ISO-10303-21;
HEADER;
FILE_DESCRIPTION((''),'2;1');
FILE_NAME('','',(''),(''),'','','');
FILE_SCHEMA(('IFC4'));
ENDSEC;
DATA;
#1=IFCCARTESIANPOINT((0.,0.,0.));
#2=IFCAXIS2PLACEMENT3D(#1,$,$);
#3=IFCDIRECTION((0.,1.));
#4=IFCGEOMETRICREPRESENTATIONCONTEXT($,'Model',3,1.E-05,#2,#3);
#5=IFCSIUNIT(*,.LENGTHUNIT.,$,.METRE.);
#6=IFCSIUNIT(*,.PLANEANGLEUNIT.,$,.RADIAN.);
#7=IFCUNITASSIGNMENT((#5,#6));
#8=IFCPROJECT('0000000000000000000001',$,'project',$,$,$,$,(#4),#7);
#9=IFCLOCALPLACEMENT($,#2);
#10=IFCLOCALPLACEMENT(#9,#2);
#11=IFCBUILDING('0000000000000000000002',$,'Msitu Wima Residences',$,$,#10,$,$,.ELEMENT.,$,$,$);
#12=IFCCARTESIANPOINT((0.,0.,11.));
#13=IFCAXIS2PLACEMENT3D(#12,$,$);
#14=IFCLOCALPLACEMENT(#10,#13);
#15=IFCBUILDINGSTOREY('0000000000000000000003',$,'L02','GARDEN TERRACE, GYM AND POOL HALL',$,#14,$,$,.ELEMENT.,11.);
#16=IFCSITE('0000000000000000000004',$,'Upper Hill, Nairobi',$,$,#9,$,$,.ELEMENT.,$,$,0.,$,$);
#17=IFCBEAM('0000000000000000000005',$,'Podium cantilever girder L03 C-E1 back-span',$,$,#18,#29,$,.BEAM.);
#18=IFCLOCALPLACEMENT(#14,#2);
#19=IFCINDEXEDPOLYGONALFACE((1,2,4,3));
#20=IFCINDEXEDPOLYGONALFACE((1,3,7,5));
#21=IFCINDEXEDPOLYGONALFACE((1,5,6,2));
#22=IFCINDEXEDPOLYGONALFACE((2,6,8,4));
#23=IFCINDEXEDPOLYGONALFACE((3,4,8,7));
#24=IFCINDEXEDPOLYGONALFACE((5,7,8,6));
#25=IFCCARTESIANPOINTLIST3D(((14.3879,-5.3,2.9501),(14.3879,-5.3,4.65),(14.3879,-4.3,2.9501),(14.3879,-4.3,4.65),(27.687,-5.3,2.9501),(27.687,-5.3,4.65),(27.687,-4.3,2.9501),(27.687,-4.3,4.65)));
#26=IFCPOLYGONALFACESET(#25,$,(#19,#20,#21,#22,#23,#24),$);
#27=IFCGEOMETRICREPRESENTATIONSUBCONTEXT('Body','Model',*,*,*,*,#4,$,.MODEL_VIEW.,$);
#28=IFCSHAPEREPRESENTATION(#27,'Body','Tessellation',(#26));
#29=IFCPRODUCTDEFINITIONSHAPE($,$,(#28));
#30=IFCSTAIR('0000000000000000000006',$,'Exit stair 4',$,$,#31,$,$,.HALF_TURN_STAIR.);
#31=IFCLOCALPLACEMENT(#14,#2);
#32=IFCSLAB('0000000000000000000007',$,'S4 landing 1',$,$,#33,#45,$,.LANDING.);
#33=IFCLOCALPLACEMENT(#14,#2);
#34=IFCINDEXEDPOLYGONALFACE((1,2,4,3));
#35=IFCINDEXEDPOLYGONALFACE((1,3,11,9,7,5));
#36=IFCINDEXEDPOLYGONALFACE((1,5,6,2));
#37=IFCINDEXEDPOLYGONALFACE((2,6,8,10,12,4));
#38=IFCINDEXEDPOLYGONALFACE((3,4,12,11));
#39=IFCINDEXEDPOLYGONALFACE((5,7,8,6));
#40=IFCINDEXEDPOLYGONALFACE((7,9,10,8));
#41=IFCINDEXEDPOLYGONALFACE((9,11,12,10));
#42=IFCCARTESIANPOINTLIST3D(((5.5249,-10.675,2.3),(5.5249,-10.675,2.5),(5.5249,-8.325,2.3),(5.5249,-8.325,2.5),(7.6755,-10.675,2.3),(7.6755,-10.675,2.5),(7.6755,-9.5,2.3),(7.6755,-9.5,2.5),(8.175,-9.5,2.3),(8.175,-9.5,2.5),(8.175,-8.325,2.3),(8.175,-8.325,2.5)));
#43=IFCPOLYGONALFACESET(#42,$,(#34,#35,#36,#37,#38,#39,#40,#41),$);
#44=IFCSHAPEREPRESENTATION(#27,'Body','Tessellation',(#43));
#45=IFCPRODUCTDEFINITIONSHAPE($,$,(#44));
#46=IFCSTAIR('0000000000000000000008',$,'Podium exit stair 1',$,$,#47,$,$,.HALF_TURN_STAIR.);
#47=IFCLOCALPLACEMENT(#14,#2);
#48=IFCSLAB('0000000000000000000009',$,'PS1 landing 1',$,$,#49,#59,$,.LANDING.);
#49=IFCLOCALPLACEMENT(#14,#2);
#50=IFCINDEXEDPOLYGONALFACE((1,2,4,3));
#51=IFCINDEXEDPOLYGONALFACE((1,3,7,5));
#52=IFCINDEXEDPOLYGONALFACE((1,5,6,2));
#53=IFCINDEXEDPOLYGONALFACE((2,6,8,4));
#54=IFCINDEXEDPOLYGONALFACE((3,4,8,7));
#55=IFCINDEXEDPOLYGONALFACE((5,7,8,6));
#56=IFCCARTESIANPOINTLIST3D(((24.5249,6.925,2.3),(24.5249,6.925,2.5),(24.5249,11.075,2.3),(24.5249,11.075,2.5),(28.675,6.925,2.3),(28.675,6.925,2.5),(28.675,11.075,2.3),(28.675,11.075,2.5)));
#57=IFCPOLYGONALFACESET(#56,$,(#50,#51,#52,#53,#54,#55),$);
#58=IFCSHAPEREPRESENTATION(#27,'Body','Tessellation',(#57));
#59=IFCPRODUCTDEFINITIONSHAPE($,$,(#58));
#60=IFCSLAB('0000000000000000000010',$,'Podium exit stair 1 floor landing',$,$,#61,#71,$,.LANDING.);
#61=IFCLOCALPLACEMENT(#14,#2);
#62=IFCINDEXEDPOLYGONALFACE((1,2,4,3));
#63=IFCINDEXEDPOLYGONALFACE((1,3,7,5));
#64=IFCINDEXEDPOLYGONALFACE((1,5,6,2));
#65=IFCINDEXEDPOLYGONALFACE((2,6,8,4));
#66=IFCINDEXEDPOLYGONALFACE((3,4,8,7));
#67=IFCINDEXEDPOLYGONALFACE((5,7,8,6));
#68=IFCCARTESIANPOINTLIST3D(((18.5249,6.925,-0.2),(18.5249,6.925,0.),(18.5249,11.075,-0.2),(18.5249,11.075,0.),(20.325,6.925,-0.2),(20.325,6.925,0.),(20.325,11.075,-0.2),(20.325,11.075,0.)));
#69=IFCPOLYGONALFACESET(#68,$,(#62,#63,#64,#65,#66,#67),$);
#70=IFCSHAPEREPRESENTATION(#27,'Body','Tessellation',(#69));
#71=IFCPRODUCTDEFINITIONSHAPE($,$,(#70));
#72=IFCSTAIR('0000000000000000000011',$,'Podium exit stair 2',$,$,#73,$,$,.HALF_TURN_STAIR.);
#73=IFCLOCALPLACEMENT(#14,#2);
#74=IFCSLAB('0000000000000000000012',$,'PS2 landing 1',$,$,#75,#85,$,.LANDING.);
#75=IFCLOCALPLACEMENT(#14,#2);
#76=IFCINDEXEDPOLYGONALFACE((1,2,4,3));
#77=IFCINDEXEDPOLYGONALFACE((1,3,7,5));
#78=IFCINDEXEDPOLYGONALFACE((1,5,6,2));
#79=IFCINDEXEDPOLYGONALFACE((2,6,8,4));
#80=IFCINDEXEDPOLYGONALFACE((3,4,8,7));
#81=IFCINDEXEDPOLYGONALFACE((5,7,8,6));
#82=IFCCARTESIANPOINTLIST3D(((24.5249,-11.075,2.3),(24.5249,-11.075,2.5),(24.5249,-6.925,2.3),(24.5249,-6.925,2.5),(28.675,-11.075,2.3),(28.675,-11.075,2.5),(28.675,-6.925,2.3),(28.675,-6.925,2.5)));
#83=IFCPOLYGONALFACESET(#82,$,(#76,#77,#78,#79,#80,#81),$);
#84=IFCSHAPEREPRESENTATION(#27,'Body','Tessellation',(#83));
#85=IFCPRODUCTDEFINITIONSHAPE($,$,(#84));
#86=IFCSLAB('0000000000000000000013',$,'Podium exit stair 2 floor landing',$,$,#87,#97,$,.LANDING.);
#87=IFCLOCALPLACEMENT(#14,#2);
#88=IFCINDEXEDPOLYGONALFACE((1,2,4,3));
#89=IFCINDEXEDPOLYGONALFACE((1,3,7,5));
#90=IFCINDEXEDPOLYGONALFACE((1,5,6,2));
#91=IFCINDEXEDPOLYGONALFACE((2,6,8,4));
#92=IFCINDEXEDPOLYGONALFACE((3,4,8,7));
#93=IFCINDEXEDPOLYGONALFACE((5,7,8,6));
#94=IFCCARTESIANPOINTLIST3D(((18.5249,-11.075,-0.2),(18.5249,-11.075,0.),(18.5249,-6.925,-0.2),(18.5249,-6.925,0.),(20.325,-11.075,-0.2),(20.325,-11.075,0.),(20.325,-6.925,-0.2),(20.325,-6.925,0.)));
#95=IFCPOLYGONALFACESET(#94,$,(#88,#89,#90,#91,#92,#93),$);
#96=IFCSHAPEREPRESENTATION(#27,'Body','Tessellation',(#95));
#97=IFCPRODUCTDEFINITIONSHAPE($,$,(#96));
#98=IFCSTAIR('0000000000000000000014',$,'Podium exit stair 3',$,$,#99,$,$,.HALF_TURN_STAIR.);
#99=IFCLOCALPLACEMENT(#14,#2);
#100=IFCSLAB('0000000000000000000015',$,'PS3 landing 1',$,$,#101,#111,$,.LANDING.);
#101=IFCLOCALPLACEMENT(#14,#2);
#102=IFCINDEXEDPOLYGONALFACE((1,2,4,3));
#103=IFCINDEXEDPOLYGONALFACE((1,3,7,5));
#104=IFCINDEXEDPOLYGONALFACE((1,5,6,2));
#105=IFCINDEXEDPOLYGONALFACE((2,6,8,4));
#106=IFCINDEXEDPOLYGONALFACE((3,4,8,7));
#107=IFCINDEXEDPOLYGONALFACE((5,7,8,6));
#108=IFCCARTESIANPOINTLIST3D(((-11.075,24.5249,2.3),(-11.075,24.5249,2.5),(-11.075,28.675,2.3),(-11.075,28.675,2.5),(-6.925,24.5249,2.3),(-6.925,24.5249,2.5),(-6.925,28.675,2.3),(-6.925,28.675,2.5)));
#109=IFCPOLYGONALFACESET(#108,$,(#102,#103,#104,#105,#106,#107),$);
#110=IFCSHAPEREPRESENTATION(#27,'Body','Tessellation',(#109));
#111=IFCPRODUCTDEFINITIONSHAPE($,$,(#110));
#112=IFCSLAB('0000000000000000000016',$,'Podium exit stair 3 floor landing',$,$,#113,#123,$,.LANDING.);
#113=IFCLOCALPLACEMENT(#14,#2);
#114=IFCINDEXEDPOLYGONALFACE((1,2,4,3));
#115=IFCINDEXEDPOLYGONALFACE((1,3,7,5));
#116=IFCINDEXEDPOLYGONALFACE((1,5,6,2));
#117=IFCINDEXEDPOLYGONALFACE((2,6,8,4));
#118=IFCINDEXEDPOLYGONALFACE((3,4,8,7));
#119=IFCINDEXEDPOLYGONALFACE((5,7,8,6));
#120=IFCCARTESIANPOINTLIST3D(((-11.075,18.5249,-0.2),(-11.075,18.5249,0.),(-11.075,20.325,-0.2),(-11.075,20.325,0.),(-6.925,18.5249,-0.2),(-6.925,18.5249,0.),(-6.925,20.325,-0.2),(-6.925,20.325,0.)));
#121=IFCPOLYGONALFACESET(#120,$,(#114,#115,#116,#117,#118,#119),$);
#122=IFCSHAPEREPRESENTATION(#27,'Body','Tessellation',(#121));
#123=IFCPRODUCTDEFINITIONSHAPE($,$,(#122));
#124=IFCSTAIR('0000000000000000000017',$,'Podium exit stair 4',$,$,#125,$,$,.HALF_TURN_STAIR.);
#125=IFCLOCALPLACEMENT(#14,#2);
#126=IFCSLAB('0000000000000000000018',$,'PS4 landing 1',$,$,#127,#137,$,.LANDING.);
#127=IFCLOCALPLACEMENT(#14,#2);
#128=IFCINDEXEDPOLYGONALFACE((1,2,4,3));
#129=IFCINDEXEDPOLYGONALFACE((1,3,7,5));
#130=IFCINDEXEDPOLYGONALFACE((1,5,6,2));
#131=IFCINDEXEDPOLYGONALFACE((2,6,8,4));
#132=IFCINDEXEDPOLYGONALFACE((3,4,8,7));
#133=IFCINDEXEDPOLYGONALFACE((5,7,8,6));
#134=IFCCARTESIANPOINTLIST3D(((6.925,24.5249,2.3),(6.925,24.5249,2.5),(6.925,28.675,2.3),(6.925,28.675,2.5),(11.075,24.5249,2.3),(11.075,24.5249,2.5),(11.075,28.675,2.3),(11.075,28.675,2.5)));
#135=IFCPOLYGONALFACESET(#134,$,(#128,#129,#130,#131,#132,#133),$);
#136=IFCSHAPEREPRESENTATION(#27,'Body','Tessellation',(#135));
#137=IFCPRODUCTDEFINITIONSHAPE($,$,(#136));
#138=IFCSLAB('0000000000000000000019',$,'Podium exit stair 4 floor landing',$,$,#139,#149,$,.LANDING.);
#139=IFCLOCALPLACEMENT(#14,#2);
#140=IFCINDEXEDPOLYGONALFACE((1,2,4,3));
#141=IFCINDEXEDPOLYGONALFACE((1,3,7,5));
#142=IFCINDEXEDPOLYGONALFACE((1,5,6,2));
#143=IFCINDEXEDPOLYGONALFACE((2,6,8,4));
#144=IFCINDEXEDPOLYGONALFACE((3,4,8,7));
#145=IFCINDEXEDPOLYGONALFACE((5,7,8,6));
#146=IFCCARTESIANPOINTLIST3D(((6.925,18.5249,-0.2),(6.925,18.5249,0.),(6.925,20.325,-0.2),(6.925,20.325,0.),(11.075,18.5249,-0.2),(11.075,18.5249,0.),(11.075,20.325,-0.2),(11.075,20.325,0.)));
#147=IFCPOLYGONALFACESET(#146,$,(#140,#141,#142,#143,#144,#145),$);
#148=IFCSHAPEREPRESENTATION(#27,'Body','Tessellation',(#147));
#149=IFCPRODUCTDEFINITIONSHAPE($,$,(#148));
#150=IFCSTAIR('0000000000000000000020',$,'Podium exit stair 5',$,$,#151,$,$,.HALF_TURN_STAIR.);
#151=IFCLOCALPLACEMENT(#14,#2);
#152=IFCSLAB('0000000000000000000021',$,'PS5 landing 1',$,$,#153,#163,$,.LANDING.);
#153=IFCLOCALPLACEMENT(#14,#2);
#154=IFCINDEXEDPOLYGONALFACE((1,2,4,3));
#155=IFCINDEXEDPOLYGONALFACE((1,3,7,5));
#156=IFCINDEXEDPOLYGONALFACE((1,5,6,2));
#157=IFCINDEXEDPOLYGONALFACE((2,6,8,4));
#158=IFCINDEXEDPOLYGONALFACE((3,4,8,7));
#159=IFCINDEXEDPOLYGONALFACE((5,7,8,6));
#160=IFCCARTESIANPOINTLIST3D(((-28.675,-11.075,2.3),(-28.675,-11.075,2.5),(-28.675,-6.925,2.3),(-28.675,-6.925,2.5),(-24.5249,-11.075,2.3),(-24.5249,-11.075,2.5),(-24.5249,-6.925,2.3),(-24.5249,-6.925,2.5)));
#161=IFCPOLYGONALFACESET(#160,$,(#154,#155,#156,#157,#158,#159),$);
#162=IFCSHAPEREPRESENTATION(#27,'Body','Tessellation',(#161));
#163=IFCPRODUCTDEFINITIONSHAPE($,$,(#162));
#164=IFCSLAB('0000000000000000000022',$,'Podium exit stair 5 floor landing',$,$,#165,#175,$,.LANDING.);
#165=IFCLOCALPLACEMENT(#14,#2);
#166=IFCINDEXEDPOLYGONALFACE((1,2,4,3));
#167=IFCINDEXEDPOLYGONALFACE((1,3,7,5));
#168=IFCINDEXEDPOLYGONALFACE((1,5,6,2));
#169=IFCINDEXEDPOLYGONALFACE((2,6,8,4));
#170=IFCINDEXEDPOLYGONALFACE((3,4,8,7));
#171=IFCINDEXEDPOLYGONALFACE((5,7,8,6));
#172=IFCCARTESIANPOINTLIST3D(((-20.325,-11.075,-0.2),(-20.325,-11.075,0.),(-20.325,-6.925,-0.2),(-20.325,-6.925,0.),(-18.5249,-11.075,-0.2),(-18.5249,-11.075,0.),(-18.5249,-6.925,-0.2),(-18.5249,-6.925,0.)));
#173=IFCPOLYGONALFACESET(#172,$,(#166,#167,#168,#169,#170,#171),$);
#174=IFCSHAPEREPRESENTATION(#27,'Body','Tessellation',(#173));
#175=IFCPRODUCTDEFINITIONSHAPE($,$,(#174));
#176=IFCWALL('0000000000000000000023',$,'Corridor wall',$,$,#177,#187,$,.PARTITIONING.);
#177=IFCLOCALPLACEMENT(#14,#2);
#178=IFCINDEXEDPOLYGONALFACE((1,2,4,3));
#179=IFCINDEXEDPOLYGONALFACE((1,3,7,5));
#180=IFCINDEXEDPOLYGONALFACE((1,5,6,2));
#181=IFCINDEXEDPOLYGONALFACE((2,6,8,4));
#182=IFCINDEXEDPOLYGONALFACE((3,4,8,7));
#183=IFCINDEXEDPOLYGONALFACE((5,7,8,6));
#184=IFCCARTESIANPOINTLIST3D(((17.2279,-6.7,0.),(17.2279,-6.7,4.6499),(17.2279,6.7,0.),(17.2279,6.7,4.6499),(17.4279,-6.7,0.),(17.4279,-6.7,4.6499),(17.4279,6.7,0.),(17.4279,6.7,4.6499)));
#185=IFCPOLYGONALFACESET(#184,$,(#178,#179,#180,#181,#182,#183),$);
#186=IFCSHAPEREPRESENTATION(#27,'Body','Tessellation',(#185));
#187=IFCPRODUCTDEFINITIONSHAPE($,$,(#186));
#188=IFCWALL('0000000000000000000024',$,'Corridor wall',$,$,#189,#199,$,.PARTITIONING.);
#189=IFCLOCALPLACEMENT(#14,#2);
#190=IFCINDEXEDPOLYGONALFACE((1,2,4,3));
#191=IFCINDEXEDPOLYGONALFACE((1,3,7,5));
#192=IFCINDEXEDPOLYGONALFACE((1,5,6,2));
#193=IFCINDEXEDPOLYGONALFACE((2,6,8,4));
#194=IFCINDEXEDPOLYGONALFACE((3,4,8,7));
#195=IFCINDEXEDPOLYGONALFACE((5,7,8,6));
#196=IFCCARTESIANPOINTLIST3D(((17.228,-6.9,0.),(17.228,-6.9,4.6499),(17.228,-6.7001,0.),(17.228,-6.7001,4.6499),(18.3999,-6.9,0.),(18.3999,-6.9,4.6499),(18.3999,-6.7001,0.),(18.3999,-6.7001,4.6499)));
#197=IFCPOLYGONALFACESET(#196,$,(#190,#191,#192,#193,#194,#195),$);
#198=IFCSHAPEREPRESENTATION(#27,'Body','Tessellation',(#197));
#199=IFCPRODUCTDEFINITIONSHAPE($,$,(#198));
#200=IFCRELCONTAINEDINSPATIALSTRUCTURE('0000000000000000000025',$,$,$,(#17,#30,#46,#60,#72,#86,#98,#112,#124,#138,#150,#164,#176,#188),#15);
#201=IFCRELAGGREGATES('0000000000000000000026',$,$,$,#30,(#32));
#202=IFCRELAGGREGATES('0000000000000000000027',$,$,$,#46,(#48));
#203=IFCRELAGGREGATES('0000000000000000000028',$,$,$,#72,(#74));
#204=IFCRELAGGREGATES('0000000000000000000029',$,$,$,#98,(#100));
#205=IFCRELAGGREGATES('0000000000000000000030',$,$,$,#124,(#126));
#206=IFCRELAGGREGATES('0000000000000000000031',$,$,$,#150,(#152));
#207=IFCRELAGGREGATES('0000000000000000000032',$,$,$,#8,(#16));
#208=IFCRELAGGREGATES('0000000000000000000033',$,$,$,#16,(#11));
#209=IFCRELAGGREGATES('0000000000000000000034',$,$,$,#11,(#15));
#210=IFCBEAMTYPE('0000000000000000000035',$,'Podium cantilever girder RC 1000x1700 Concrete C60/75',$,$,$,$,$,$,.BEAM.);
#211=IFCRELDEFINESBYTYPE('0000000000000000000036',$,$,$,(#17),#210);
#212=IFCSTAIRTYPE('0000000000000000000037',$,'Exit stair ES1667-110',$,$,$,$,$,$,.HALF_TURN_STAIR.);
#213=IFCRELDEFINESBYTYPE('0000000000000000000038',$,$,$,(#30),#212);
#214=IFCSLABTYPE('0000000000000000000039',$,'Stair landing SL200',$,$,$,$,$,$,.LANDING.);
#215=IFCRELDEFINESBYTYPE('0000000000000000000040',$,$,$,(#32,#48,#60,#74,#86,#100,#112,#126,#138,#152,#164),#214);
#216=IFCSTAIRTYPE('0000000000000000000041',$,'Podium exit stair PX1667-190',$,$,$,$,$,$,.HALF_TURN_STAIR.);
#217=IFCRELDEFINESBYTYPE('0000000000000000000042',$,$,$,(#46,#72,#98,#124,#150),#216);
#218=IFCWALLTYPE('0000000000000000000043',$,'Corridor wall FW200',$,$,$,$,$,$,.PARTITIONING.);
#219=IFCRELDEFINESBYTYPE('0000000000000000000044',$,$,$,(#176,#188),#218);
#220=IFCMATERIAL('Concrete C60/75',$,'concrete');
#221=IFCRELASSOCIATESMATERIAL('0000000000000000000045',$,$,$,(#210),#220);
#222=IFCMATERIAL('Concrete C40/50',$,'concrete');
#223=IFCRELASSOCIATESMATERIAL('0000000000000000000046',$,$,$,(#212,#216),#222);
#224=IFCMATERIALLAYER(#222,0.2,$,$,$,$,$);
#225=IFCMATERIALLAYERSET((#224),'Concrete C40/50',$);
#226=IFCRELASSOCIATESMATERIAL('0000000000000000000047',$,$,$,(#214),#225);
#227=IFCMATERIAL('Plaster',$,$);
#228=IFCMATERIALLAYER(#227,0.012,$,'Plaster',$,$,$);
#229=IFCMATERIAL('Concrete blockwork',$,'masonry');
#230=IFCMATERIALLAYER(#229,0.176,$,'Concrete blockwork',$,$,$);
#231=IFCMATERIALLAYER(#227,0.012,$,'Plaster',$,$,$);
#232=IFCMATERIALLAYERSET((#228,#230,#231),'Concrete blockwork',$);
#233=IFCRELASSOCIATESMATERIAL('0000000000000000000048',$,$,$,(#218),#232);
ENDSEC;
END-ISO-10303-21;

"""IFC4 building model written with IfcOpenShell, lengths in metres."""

from ifc_helpers import new_model, si_unit, direction, frame, frame_2d, origin, origin_2d, place, context, subcontext, project, spatial, polyline, rectangle, outline, extrude, material, layer, layer_set, material_profile, profile_set, type_object, element, aggregate, save


model = new_model("IFC4")

# Units and contexts
model_context = context("Model", 3, precision=1e-05, world=origin(), true_north=direction((0.0, 1.0)))
body_context = subcontext(model_context, "Body", "Model", "MODEL_VIEW")
ifc_project = project(units=[si_unit("LENGTHUNIT", "METRE"), si_unit("PLANEANGLEUNIT", "RADIAN")], contexts=[model_context])

# Site, building, storey
site_placement = place(None, origin())
site = spatial("IfcSite", under=ifc_project, at=site_placement, Name="Upper Hill, Nairobi", CompositionType="ELEMENT", RefElevation=0.0)
building_placement = place(site_placement, origin())
building = spatial("IfcBuilding", under=site, at=building_placement, Name="Msitu Wima Residences", CompositionType="ELEMENT")
storey_placement = place(building_placement, frame((0.0, 0.0, 11.0)))
storey = spatial("IfcBuildingStorey", under=building, at=storey_placement, Name="L02", Description="GARDEN TERRACE, GYM AND POOL HALL", CompositionType="ELEMENT", Elevation=11.0)

# Beam
ifc_material_1 = material(Name="Concrete C60/75", Category="concrete")
ifc_material_profile = material_profile(ifc_material_1, rectangle(XDim=1.0, YDim=1.7, at=origin_2d()), Name="RC 1000x1700")
ifc_profile_set = profile_set([ifc_material_profile], Name="Concrete C60/75")
beam_type = type_object("IfcBeamType", Name="Podium cantilever girder RC 1000x1700 Concrete C60/75", PredefinedType="BEAM", material=ifc_profile_set)
beam_placement = place(storey_placement, frame((14.3879, -4.8, 3.8), z_axis=(1.0, 0.0, 0.0), x_axis=(0.0, 1.0, 0.0)))
element("IfcBeam", 1, at=beam_placement, inside=storey, type_object=beam_type, Name="Podium cantilever girder L03 C-E1 back-span", PredefinedType="BEAM", context=body_context, shape_type="SweptSolid", body=[
    extrude(rectangle(XDim=1.0, YDim=1.7, at=origin_2d()), origin(), (0.0, 0.0, 1.0), 13.2991),
])

# Stairs, slabs
ifc_material_2 = material(Name="Concrete C40/50", Category="concrete")
stair_type_1 = type_object("IfcStairType", Name="Exit stair ES1667-110", PredefinedType="HALF_TURN_STAIR", material=ifc_material_2)
stair_1_placement = place(storey_placement, origin())
stair_1 = element("IfcStair", 2, at=stair_1_placement, inside=storey, type_object=stair_type_1, Name="Exit stair 4", PredefinedType="HALF_TURN_STAIR")
ifc_layer_1 = layer(ifc_material_2, 0.2)
ifc_layer_set_1 = layer_set([ifc_layer_1], Name="Concrete C40/50")
slab_type = type_object("IfcSlabType", Name="Stair landing SL200", PredefinedType="LANDING", material=ifc_layer_set_1)
slab_1_placement = place(storey_placement, frame((0.0, 0.0, 2.3)))
slab_1 = element("IfcSlab", 3, at=slab_1_placement, type_object=slab_type, Name="S4 landing 1", PredefinedType="LANDING", context=body_context, shape_type="SweptSolid", body=[
    extrude(outline(polyline([(5.5249, -10.675), (7.6755, -10.675), (7.6755, -9.5), (8.175, -9.5), (8.175, -8.325), (5.5249, -8.325), (5.5249, -10.675)])), origin(), (0.0, 0.0, 1.0), 0.2),
])
aggregate(stair_1, [slab_1])
stair_type_2 = type_object("IfcStairType", Name="Podium exit stair PX1667-190", PredefinedType="HALF_TURN_STAIR", material=ifc_material_2)
stair_2_placement = place(storey_placement, origin())
stair_2 = element("IfcStair", 4, at=stair_2_placement, inside=storey, type_object=stair_type_2, Name="Podium exit stair 1", PredefinedType="HALF_TURN_STAIR")
slab_2_placement = place(storey_placement, frame((0.0, 0.0, 2.3)))
slab_2 = element("IfcSlab", 5, at=slab_2_placement, type_object=slab_type, Name="PS1 landing 1", PredefinedType="LANDING", context=body_context, shape_type="SweptSolid", body=[
    extrude(outline(polyline([(24.5249, 6.925), (28.675, 6.925), (28.675, 11.075), (24.5249, 11.075), (24.5249, 6.925)])), origin(), (0.0, 0.0, 1.0), 0.2),
])
aggregate(stair_2, [slab_2])

# Slab
slab_3_placement = place(storey_placement, frame((0.0, 0.0, -0.2)))
element("IfcSlab", 6, at=slab_3_placement, inside=storey, type_object=slab_type, Name="Podium exit stair 1 floor landing", PredefinedType="LANDING", context=body_context, shape_type="SweptSolid", body=[
    extrude(outline(polyline([(18.5249, 6.925), (20.325, 6.925), (20.325, 11.075), (18.5249, 11.075), (18.5249, 6.925)])), origin(), (0.0, 0.0, 1.0), 0.2),
])

# Stair, slab
stair_3_placement = place(storey_placement, origin())
stair_3 = element("IfcStair", 7, at=stair_3_placement, inside=storey, type_object=stair_type_2, Name="Podium exit stair 2", PredefinedType="HALF_TURN_STAIR")
slab_4_placement = place(storey_placement, frame((0.0, 0.0, 2.3)))
slab_4 = element("IfcSlab", 8, at=slab_4_placement, type_object=slab_type, Name="PS2 landing 1", PredefinedType="LANDING", context=body_context, shape_type="SweptSolid", body=[
    extrude(outline(polyline([(24.5249, -6.925), (28.675, -6.925), (28.675, -11.075), (24.5249, -11.075), (24.5249, -6.925)])), origin(), (0.0, 0.0, 1.0), 0.2),
])
aggregate(stair_3, [slab_4])

# Slab
slab_5_placement = place(storey_placement, frame((0.0, 0.0, -0.2)))
element("IfcSlab", 9, at=slab_5_placement, inside=storey, type_object=slab_type, Name="Podium exit stair 2 floor landing", PredefinedType="LANDING", context=body_context, shape_type="SweptSolid", body=[
    extrude(outline(polyline([(18.5249, -6.925), (20.325, -6.925), (20.325, -11.075), (18.5249, -11.075), (18.5249, -6.925)])), origin(), (0.0, 0.0, 1.0), 0.2),
])

# Stair, slab
stair_4_placement = place(storey_placement, origin())
stair_4 = element("IfcStair", 10, at=stair_4_placement, inside=storey, type_object=stair_type_2, Name="Podium exit stair 3", PredefinedType="HALF_TURN_STAIR")
slab_6_placement = place(storey_placement, frame((0.0, 0.0, 2.3)))
slab_6 = element("IfcSlab", 11, at=slab_6_placement, type_object=slab_type, Name="PS3 landing 1", PredefinedType="LANDING", context=body_context, shape_type="SweptSolid", body=[
    extrude(outline(polyline([(-6.925, 24.5249), (-6.925, 28.675), (-11.075, 28.675), (-11.075, 24.5249), (-6.925, 24.5249)])), origin(), (0.0, 0.0, 1.0), 0.2),
])
aggregate(stair_4, [slab_6])

# Slab
slab_7_placement = place(storey_placement, frame((0.0, 0.0, -0.2)))
element("IfcSlab", 12, at=slab_7_placement, inside=storey, type_object=slab_type, Name="Podium exit stair 3 floor landing", PredefinedType="LANDING", context=body_context, shape_type="SweptSolid", body=[
    extrude(outline(polyline([(-6.925, 18.5249), (-6.925, 20.325), (-11.075, 20.325), (-11.075, 18.5249), (-6.925, 18.5249)])), origin(), (0.0, 0.0, 1.0), 0.2),
])

# Stair, slab
stair_5_placement = place(storey_placement, origin())
stair_5 = element("IfcStair", 13, at=stair_5_placement, inside=storey, type_object=stair_type_2, Name="Podium exit stair 4", PredefinedType="HALF_TURN_STAIR")
slab_8_placement = place(storey_placement, frame((0.0, 0.0, 2.3)))
slab_8 = element("IfcSlab", 14, at=slab_8_placement, type_object=slab_type, Name="PS4 landing 1", PredefinedType="LANDING", context=body_context, shape_type="SweptSolid", body=[
    extrude(outline(polyline([(6.925, 24.5249), (6.925, 28.675), (11.075, 28.675), (11.075, 24.5249), (6.925, 24.5249)])), origin(), (0.0, 0.0, 1.0), 0.2),
])
aggregate(stair_5, [slab_8])

# Slab
slab_9_placement = place(storey_placement, frame((0.0, 0.0, -0.2)))
element("IfcSlab", 15, at=slab_9_placement, inside=storey, type_object=slab_type, Name="Podium exit stair 4 floor landing", PredefinedType="LANDING", context=body_context, shape_type="SweptSolid", body=[
    extrude(outline(polyline([(6.925, 18.5249), (6.925, 20.325), (11.075, 20.325), (11.075, 18.5249), (6.925, 18.5249)])), origin(), (0.0, 0.0, 1.0), 0.2),
])

# Stair, slab
stair_6_placement = place(storey_placement, origin())
stair_6 = element("IfcStair", 16, at=stair_6_placement, inside=storey, type_object=stair_type_2, Name="Podium exit stair 5", PredefinedType="HALF_TURN_STAIR")
slab_10_placement = place(storey_placement, frame((0.0, 0.0, 2.3)))
slab_10 = element("IfcSlab", 17, at=slab_10_placement, type_object=slab_type, Name="PS5 landing 1", PredefinedType="LANDING", context=body_context, shape_type="SweptSolid", body=[
    extrude(outline(polyline([(-24.5249, -6.925), (-28.675, -6.925), (-28.675, -11.075), (-24.5249, -11.075), (-24.5249, -6.925)])), origin(), (0.0, 0.0, 1.0), 0.2),
])
aggregate(stair_6, [slab_10])

# Slab
slab_11_placement = place(storey_placement, frame((0.0, 0.0, -0.2)))
element("IfcSlab", 18, at=slab_11_placement, inside=storey, type_object=slab_type, Name="Podium exit stair 5 floor landing", PredefinedType="LANDING", context=body_context, shape_type="SweptSolid", body=[
    extrude(outline(polyline([(-18.5249, -6.925), (-20.325, -6.925), (-20.325, -11.075), (-18.5249, -11.075), (-18.5249, -6.925)])), origin(), (0.0, 0.0, 1.0), 0.2),
])

# Walls
ifc_material_3 = material(Name="Plaster")
ifc_layer_2 = layer(ifc_material_3, 0.012, Name="Plaster")
ifc_material_4 = material(Name="Concrete blockwork", Category="masonry")
ifc_layer_3 = layer(ifc_material_4, 0.176, Name="Concrete blockwork")
ifc_layer_4 = layer(ifc_material_3, 0.012, Name="Plaster")
ifc_layer_set_2 = layer_set([ifc_layer_2, ifc_layer_3, ifc_layer_4], Name="Concrete blockwork")
wall_type_1 = type_object("IfcWallType", Name="Corridor wall FW200", PredefinedType="PARTITIONING", material=ifc_layer_set_2)
wall_1_placement = place(storey_placement, frame((17.3279, -6.7, 0.0), z_axis=(0.0, 0.0, 1.0), x_axis=(0.0, 1.0, 0.0)))
element("IfcWall", 19, at=wall_1_placement, inside=storey, type_object=wall_type_1, Name="Corridor wall", PredefinedType="PARTITIONING", context=body_context, shape_type="SweptSolid", body=[
    extrude(rectangle(XDim=13.3999, YDim=0.2, at=frame_2d((6.7, 0.0))), origin(), (0.0, 0.0, 1.0), 4.6499),
])
wall_2_placement = place(storey_placement, frame((17.228, -6.8, 0.0), z_axis=(0.0, 0.0, 1.0), x_axis=(1.0, 0.0, 0.0)))
element("IfcWall", 20, at=wall_2_placement, inside=storey, type_object=wall_type_1, Name="Corridor wall", PredefinedType="PARTITIONING", context=body_context, shape_type="SweptSolid", body=[
    extrude(rectangle(XDim=1.1719, YDim=0.2, at=frame_2d((0.5859, 0.0))), origin(), (0.0, 0.0, 1.0), 4.6499),
])

save(model, "model.ifc")
